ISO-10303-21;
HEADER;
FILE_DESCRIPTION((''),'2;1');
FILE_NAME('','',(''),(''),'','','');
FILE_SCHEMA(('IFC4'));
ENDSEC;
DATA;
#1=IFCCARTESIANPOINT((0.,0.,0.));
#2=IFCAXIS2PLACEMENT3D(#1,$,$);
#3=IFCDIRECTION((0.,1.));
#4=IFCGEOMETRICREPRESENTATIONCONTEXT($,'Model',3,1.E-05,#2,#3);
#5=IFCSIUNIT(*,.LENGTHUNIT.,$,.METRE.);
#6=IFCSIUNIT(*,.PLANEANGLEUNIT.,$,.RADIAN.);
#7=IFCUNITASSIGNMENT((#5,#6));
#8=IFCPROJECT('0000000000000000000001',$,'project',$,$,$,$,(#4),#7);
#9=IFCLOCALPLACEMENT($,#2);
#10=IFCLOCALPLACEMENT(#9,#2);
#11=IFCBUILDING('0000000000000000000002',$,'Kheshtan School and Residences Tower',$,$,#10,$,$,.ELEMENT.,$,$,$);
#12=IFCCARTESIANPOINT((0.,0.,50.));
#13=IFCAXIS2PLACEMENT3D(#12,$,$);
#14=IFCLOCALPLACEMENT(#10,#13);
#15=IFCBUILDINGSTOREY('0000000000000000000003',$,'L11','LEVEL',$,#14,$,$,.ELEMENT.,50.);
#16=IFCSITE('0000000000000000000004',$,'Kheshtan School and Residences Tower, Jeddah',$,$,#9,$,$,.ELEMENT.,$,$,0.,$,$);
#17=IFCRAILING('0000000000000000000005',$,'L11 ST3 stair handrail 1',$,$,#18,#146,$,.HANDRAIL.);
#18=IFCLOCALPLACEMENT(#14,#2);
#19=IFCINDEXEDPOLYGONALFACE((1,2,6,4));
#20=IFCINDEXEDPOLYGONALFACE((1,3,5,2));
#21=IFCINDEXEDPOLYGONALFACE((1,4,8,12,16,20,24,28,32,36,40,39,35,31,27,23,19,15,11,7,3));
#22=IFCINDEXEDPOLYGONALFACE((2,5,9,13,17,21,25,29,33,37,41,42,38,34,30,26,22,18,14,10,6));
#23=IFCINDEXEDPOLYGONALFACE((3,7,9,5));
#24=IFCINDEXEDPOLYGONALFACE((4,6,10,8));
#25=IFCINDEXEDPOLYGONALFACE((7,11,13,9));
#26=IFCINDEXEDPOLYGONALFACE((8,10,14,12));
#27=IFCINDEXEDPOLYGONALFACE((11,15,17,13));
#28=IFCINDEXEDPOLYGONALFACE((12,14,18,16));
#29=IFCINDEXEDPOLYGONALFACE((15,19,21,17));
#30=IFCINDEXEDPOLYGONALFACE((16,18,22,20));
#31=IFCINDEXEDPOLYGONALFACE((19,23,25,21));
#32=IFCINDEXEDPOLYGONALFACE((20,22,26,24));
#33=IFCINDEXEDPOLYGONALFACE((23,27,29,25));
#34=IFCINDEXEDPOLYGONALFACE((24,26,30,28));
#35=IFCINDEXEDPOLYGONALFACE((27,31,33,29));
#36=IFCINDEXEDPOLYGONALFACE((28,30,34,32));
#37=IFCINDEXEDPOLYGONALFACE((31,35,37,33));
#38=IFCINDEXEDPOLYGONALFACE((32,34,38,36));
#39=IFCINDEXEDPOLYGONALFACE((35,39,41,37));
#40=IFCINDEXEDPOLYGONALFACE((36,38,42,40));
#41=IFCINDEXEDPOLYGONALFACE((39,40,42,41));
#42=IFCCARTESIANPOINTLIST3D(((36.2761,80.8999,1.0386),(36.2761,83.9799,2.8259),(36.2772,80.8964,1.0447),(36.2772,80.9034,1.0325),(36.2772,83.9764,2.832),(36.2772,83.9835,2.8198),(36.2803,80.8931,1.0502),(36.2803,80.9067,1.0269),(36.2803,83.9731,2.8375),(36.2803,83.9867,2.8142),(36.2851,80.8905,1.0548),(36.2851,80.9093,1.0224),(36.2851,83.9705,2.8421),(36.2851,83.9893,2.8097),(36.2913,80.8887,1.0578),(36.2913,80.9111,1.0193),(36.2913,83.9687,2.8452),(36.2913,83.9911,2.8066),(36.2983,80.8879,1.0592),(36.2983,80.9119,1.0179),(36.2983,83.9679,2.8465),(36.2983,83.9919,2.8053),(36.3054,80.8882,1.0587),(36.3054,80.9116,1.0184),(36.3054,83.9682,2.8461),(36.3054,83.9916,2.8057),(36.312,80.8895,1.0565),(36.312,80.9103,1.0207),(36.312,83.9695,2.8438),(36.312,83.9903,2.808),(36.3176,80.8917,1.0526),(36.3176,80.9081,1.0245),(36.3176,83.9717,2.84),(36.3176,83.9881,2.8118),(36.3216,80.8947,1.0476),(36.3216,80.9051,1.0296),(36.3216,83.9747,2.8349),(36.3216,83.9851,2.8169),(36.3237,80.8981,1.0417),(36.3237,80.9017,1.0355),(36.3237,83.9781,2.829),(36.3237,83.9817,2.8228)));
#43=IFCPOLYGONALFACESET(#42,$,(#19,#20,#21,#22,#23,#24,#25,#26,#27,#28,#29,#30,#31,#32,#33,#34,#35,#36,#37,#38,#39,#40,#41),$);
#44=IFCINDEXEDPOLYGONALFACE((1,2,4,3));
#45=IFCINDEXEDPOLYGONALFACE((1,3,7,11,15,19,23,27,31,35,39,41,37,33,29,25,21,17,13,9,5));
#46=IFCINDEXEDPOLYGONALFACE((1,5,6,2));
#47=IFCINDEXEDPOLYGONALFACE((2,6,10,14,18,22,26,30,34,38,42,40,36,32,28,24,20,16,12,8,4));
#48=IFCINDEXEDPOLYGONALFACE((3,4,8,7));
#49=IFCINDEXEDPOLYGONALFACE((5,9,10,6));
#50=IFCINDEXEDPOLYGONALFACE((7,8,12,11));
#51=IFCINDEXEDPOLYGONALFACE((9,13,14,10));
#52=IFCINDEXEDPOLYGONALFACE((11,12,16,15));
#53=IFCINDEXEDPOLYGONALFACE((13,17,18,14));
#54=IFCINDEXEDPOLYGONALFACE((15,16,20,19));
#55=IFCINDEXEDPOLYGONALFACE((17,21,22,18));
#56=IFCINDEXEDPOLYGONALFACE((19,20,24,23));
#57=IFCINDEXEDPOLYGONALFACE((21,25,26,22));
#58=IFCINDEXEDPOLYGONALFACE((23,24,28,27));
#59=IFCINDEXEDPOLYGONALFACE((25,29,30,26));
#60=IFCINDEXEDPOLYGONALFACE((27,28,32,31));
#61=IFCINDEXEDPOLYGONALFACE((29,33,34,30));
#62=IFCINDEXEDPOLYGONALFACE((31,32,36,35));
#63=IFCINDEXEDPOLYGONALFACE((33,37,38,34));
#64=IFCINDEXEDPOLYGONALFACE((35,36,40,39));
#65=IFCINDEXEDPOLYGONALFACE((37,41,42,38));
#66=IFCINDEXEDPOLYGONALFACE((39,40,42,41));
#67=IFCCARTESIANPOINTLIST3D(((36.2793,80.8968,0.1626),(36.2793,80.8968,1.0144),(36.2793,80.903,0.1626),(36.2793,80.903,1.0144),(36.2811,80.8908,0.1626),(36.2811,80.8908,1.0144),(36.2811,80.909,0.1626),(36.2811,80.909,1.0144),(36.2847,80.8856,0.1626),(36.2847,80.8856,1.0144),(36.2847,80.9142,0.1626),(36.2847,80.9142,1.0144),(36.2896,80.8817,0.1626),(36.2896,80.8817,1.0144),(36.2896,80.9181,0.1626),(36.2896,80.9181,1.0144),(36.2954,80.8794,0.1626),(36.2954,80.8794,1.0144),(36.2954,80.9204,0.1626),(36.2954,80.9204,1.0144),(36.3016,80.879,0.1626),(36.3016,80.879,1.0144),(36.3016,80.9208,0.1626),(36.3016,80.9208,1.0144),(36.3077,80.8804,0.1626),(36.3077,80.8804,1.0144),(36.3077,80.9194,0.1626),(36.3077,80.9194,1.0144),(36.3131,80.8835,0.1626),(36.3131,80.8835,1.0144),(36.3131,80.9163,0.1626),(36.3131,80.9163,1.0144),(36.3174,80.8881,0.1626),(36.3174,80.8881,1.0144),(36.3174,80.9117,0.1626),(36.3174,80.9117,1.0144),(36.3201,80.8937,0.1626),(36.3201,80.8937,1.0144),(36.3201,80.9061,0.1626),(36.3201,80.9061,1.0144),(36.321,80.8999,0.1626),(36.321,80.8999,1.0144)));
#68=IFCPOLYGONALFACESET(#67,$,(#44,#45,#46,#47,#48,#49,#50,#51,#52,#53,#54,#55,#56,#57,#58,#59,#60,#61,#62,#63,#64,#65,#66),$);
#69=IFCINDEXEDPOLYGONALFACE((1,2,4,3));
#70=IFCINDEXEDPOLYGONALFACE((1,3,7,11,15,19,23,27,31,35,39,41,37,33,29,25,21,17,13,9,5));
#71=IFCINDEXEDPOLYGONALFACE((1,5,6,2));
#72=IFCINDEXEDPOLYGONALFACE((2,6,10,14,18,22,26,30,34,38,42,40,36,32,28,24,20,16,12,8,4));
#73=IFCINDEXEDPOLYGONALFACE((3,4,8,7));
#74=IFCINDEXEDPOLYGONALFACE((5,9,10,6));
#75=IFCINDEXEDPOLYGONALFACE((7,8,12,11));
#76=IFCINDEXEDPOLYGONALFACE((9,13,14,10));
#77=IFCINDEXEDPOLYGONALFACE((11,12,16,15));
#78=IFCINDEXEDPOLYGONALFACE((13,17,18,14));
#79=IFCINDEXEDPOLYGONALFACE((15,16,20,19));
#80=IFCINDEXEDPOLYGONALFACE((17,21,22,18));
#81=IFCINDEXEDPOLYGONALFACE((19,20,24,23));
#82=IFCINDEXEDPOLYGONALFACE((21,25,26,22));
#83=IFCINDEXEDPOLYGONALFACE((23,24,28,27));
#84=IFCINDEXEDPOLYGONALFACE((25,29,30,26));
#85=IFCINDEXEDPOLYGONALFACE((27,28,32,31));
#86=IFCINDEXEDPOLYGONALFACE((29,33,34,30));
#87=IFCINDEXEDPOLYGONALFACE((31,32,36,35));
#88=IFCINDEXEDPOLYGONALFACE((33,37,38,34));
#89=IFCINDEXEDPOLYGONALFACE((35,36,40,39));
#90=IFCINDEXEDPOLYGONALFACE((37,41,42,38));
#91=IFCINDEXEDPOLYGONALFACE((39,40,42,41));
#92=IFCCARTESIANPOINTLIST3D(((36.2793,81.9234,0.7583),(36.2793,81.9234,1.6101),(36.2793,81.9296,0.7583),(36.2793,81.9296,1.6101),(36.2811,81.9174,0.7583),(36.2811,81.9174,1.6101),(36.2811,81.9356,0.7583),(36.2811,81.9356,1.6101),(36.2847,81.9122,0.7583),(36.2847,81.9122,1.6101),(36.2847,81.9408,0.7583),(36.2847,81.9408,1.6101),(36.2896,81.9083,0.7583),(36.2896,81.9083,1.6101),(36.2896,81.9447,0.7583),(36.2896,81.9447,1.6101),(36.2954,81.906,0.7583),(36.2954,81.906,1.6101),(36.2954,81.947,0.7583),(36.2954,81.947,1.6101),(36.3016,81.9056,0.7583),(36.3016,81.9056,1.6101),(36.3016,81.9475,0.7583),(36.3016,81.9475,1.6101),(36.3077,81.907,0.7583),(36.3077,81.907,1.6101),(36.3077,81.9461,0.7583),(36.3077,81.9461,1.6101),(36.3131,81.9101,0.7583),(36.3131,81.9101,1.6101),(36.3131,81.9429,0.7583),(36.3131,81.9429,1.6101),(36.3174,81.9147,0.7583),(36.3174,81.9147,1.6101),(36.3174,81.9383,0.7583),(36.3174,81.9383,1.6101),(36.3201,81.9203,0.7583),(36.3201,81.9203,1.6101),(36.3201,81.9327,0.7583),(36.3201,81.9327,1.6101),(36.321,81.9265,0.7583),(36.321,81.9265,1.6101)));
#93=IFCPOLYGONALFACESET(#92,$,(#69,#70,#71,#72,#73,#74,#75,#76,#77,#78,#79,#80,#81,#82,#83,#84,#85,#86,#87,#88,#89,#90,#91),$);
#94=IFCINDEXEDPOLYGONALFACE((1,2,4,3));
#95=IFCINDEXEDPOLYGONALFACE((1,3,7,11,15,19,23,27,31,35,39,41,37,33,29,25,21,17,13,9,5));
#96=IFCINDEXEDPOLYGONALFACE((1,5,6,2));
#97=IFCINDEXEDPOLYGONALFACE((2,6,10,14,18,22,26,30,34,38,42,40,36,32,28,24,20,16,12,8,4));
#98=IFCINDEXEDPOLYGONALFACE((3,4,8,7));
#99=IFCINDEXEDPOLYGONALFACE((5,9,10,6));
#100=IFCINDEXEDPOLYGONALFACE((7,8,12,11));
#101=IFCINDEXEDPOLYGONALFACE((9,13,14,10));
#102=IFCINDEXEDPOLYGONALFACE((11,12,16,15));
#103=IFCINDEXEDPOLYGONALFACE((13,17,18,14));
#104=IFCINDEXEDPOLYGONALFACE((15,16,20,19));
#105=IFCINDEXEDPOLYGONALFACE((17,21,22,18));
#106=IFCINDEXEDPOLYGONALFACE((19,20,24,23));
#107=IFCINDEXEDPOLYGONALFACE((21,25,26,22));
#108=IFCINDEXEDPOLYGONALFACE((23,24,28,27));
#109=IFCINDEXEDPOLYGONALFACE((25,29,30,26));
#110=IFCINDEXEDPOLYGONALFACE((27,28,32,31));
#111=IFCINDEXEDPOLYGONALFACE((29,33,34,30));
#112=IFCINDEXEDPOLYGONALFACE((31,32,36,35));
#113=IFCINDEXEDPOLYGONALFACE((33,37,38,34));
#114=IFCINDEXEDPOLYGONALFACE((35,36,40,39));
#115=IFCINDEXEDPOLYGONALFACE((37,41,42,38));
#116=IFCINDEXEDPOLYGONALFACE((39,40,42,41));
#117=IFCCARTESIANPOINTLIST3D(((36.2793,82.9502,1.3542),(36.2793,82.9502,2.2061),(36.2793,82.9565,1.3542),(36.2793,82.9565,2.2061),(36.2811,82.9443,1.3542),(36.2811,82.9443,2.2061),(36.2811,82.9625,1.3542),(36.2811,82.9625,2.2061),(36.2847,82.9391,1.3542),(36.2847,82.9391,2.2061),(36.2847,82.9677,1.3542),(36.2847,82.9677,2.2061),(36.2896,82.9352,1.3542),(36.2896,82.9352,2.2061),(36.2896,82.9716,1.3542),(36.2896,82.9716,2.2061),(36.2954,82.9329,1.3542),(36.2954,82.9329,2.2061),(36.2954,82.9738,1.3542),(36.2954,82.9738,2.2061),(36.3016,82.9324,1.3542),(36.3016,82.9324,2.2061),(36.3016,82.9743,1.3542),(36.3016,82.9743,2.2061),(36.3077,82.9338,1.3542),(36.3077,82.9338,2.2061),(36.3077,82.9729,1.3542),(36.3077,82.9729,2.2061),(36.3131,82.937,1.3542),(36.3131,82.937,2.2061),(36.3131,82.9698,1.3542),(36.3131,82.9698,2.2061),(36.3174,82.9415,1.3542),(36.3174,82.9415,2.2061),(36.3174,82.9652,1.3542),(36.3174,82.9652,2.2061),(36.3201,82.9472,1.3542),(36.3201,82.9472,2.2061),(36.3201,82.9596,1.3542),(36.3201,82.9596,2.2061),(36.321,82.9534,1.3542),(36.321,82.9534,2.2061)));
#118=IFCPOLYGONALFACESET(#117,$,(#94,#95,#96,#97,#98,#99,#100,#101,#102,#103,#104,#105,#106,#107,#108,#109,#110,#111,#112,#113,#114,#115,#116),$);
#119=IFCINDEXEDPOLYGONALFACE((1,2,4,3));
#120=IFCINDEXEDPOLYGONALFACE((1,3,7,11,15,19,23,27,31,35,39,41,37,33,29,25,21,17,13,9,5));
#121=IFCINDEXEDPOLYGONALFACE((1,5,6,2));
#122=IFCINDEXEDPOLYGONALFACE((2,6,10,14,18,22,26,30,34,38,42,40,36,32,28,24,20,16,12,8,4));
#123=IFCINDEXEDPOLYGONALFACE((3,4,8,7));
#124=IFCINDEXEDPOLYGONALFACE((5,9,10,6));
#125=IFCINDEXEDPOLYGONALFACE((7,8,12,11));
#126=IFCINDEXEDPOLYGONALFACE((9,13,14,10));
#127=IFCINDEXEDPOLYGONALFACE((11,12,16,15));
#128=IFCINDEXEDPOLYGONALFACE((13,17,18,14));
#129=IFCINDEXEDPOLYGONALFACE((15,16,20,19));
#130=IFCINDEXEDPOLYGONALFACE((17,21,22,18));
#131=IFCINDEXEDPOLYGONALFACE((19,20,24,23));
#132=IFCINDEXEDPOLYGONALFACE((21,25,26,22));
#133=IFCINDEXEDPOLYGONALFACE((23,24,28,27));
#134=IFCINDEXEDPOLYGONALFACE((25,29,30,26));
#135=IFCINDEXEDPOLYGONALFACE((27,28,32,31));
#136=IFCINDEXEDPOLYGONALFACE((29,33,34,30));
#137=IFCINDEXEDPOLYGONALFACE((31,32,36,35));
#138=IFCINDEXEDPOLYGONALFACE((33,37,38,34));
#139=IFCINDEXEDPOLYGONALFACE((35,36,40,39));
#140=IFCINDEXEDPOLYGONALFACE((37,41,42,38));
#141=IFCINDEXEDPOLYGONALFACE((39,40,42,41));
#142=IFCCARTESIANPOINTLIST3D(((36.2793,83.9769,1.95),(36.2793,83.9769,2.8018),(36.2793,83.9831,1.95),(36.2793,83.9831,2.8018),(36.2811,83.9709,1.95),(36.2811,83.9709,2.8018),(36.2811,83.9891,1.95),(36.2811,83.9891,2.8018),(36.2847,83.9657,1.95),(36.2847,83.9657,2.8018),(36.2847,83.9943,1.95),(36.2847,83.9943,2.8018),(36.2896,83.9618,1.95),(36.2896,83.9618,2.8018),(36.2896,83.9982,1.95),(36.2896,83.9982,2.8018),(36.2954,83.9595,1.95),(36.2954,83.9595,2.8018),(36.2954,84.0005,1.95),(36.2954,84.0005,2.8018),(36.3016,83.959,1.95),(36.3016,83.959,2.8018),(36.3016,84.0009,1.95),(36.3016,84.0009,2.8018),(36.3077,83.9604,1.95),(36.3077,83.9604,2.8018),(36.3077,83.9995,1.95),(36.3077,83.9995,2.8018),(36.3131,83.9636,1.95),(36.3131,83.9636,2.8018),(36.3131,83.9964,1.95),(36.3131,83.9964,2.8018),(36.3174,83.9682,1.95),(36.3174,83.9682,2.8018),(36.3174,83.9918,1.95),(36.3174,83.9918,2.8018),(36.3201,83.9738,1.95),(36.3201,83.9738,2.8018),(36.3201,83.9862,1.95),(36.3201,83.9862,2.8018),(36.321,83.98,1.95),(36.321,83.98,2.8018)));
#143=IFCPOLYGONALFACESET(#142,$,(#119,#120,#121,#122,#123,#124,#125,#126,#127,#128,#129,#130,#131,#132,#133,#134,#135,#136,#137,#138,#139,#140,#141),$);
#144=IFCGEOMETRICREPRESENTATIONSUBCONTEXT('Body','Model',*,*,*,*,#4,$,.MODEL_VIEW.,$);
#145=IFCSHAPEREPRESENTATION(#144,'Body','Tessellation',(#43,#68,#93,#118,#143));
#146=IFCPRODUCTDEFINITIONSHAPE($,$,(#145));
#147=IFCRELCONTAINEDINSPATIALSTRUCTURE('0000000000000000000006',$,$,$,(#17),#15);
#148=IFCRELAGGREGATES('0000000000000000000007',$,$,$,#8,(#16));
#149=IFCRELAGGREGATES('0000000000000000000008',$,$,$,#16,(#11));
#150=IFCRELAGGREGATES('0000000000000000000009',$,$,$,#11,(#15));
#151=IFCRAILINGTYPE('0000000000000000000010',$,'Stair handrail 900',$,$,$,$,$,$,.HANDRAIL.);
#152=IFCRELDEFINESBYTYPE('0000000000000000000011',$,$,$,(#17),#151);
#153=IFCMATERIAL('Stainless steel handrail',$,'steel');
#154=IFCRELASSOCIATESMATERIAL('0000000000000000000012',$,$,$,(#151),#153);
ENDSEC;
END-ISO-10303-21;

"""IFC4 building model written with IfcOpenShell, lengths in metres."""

from ifc_helpers import new_model, si_unit, direction, frame, origin, origin_2d, place, context, subcontext, project, spatial, circle, extrude, material, type_object, element, save


model = new_model("IFC4")

# Units and contexts
model_context = context("Model", 3, precision=1e-05, world=origin(), true_north=direction((0.0, 1.0)))
body_context = subcontext(model_context, "Body", "Model", "MODEL_VIEW")
ifc_project = project(units=[si_unit("LENGTHUNIT", "METRE"), si_unit("PLANEANGLEUNIT", "RADIAN")], contexts=[model_context])

# Site, building, storey
site_placement = place(None, origin())
site = spatial("IfcSite", under=ifc_project, at=site_placement, Name="Kheshtan School and Residences Tower, Jeddah", CompositionType="ELEMENT", RefElevation=0.0)
building_placement = place(site_placement, origin())
building = spatial("IfcBuilding", under=site, at=building_placement, Name="Kheshtan School and Residences Tower", CompositionType="ELEMENT")
storey_placement = place(building_placement, frame((0.0, 0.0, 50.0)))
storey = spatial("IfcBuildingStorey", under=building, at=storey_placement, Name="L11", Description="LEVEL", CompositionType="ELEMENT", Elevation=50.0)

# Railing
ifc_material_1 = material(Name="Stainless steel handrail", Category="steel")
railing_type_1 = type_object("IfcRailingType", Name="Stair handrail 900", PredefinedType="HANDRAIL", material=ifc_material_1)
railing_1_placement = place(storey_placement, frame((36.3, 80.8999, 0.1626)))
element("IfcRailing", 1, at=railing_1_placement, inside=storey, type_object=railing_type_1, Name="L11 ST3 stair handrail 1", PredefinedType="HANDRAIL", context=body_context, shape_type="SweptSolid", body=[
    extrude(circle(Radius=0.0239, at=origin_2d()), frame((0.0, 0.0, 0.876), z_axis=(0.0, 0.86492, 0.501909), x_axis=(-1.0, 0.0, 0.0)), (0.0, 0.0, 1.0), 3.561),
    extrude(circle(Radius=0.021, at=origin_2d()), origin(), (0.0, 0.0, 1.0), 0.8518),
    extrude(circle(Radius=0.021, at=origin_2d()), frame((0.0, 1.0266, 0.5957)), (0.0, 0.0, 1.0), 0.8518),
    extrude(circle(Radius=0.021, at=origin_2d()), frame((0.0, 2.0535, 1.1917)), (0.0, 0.0, 1.0), 0.8518),
    extrude(circle(Radius=0.021, at=origin_2d()), frame((0.0, 3.0801, 1.7874)), (0.0, 0.0, 1.0), 0.8518),
])

save(model, "model.ifc")
